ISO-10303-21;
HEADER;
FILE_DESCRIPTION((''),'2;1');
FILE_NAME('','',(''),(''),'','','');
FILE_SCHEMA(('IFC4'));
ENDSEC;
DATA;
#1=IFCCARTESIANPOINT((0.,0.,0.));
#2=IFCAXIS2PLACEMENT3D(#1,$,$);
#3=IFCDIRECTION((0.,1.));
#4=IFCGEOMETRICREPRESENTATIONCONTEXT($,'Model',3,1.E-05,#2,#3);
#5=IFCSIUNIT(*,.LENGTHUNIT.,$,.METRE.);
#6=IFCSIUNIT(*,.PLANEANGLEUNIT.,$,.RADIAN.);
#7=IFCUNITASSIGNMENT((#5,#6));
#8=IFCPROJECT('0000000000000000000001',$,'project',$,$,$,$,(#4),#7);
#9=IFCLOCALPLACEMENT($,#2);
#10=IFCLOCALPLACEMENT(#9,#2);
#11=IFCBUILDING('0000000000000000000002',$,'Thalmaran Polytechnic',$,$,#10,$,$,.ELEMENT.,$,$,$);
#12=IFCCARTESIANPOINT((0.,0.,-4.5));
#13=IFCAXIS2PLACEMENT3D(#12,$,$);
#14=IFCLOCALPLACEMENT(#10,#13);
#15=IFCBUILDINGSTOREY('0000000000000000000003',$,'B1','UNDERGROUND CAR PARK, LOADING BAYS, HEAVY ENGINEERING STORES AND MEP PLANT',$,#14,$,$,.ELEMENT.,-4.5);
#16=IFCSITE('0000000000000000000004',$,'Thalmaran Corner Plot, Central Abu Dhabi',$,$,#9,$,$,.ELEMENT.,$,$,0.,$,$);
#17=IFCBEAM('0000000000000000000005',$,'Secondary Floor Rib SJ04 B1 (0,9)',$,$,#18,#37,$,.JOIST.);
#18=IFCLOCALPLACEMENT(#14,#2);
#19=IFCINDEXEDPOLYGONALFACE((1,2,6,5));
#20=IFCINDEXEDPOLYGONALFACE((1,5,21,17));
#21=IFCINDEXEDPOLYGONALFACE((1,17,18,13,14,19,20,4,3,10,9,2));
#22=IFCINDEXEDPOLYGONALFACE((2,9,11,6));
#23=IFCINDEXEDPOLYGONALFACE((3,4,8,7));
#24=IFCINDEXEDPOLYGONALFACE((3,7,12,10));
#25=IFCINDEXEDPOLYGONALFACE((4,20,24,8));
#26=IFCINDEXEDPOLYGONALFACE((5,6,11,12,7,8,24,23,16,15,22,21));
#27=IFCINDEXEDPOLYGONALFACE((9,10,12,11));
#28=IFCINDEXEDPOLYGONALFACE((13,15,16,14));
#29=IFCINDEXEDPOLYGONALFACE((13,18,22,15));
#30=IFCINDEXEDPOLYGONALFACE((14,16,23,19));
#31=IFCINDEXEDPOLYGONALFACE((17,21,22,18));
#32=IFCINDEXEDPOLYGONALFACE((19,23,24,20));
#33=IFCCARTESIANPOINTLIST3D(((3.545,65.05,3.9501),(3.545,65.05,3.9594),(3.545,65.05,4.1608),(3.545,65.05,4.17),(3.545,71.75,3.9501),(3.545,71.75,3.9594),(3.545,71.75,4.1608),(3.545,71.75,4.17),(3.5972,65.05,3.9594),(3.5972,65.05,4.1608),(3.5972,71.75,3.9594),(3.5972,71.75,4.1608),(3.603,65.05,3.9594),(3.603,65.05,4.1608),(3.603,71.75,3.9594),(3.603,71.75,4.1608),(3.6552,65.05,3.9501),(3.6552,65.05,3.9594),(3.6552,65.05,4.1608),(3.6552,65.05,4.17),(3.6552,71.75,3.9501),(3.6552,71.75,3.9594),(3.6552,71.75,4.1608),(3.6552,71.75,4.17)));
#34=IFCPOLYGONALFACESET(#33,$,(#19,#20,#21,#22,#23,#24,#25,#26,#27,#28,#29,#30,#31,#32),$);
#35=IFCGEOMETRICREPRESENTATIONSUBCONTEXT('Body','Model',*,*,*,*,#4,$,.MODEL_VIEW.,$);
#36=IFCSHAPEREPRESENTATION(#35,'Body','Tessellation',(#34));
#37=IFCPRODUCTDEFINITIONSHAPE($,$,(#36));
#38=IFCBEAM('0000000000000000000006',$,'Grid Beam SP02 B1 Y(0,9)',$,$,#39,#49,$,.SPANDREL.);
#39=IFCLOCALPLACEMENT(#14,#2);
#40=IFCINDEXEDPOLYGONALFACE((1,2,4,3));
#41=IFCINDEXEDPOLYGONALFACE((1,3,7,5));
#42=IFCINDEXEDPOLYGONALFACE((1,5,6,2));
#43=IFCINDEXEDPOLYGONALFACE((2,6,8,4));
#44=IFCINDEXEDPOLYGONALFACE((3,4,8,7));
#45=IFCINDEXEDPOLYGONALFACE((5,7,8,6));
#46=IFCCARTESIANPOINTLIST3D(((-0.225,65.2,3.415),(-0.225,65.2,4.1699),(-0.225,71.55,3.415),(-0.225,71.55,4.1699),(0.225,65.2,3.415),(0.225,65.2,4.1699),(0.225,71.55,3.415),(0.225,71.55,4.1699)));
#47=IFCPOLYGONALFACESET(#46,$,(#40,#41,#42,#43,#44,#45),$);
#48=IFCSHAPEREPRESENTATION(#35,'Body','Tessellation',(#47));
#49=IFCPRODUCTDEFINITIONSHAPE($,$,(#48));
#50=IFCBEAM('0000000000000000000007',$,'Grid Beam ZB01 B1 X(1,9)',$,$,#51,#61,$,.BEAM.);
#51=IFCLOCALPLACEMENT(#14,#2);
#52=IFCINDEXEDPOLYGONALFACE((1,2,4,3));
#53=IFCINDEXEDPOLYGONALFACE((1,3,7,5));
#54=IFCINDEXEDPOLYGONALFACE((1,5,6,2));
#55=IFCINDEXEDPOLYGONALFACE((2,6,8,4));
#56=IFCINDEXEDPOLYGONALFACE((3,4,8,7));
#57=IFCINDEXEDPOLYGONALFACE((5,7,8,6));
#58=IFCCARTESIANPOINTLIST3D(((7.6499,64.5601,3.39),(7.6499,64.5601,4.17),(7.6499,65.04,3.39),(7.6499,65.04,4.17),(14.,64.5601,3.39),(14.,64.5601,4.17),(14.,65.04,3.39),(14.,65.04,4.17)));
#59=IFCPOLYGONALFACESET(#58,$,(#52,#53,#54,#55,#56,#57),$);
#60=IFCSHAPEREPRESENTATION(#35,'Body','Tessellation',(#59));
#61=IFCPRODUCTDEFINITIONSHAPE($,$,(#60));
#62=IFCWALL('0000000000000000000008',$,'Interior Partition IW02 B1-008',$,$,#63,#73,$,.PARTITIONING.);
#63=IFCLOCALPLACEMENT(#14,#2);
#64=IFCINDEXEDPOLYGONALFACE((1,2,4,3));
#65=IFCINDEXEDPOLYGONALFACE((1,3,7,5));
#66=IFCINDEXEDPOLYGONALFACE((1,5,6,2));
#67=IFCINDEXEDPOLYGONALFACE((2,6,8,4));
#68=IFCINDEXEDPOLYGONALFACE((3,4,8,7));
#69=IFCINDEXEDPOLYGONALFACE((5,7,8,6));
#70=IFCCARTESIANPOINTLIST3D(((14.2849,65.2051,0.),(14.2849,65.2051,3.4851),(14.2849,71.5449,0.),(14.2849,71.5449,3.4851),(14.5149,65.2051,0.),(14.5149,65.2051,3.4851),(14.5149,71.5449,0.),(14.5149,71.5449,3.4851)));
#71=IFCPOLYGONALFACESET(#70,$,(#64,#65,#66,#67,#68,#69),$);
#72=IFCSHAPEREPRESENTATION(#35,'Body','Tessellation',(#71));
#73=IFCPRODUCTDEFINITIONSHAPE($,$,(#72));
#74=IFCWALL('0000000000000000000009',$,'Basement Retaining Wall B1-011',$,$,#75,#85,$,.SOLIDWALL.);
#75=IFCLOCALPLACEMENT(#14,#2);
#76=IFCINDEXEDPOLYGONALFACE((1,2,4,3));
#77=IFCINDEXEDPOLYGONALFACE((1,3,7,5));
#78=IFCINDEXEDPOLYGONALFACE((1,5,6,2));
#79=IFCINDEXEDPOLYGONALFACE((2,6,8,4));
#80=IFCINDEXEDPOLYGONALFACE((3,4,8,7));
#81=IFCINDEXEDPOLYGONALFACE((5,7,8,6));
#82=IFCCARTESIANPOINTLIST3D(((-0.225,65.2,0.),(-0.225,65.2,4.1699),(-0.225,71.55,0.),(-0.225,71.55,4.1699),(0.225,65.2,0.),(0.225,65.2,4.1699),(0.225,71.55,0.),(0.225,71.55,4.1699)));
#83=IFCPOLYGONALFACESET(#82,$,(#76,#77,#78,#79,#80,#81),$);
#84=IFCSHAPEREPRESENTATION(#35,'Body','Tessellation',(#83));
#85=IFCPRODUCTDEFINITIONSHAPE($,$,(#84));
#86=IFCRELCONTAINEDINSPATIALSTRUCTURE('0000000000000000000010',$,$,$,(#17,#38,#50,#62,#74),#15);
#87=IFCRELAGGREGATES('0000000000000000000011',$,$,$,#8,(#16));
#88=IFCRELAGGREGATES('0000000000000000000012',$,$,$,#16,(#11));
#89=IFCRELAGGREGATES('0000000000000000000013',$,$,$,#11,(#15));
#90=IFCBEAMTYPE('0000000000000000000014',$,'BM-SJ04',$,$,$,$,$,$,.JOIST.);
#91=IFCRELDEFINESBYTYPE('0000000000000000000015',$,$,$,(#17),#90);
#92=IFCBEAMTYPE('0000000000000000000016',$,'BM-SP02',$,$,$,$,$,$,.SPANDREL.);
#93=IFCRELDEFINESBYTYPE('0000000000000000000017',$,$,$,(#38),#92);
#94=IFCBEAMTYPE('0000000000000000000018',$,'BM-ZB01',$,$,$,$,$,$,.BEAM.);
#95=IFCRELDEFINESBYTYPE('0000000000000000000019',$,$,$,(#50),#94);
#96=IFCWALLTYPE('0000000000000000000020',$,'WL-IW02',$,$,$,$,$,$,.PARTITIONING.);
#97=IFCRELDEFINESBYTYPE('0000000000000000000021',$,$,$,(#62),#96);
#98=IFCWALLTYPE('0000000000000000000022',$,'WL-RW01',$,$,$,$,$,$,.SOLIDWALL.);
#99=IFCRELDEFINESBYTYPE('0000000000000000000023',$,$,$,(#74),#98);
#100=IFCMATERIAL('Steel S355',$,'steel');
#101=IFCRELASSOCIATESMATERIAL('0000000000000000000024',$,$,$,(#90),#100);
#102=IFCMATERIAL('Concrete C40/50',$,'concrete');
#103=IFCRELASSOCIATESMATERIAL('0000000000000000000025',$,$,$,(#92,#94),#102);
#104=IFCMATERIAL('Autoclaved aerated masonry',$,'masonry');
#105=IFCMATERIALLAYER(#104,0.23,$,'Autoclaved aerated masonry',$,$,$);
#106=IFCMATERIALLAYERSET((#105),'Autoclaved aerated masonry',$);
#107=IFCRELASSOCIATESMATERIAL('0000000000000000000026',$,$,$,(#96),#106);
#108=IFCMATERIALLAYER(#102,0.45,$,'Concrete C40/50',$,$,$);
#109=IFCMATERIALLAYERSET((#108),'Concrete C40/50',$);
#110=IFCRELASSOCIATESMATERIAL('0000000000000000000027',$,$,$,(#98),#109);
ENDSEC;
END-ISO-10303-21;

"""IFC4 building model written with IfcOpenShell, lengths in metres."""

from ifc_helpers import new_model, si_unit, direction, frame, frame_2d, origin, origin_2d, place, context, subcontext, project, spatial, rectangle, i_section, extrude, material, layer, layer_set, material_profile, profile_set, type_object, element, save


model = new_model("IFC4")

# Units and contexts
model_context = context("Model", 3, precision=1e-05, world=origin(), true_north=direction((0.0, 1.0)))
body_context = subcontext(model_context, "Body", "Model", "MODEL_VIEW")
ifc_project = project(units=[si_unit("LENGTHUNIT", "METRE"), si_unit("PLANEANGLEUNIT", "RADIAN")], contexts=[model_context])

# Site, building, storey
site_placement = place(None, origin())
site = spatial("IfcSite", under=ifc_project, at=site_placement, Name="Thalmaran Corner Plot, Central Abu Dhabi", CompositionType="ELEMENT", RefElevation=0.0)
building_placement = place(site_placement, origin())
building = spatial("IfcBuilding", under=site, at=building_placement, Name="Thalmaran Polytechnic", CompositionType="ELEMENT")
storey_placement = place(building_placement, frame((0.0, 0.0, -4.5)))
storey = spatial("IfcBuildingStorey", under=building, at=storey_placement, Name="B1", Description="UNDERGROUND CAR PARK, LOADING BAYS, HEAVY ENGINEERING STORES AND MEP PLANT", CompositionType="ELEMENT", Elevation=-4.5)

# Shared definitions
ifc_material_1 = material(Name="Concrete C40/50", Category="concrete")

# Beams
ifc_material_2 = material(Name="Steel S355", Category="steel")
ifc_material_profile_1 = material_profile(ifc_material_2, i_section(OverallWidth=0.1101, OverallDepth=0.22, WebThickness=0.0059, FlangeThickness=0.0093, at=origin_2d()), Name="IPE 220")
ifc_profile_set_1 = profile_set([ifc_material_profile_1], Name="Steel S355")
beam_type_1 = type_object("IfcBeamType", Name="BM-SJ04", PredefinedType="JOIST", material=ifc_profile_set_1)
beam_1_placement = place(storey_placement, frame((3.6001, 65.05, 4.0601), z_axis=(0.0, 1.0, 0.0), x_axis=(-1.0, 0.0, 0.0)))
element("IfcBeam", 1, at=beam_1_placement, inside=storey, type_object=beam_type_1, Name="Secondary Floor Rib SJ04 B1 (0,9)", PredefinedType="JOIST", context=body_context, shape_type="SweptSolid", body=[
    extrude(i_section(OverallWidth=0.1101, OverallDepth=0.22, WebThickness=0.0059, FlangeThickness=0.0093, at=origin_2d()), origin(), (0.0, 0.0, 1.0), 6.7),
])
ifc_material_profile_2 = material_profile(ifc_material_1, rectangle(XDim=0.45, YDim=0.7549, at=origin_2d()), Name="RC 450x755")
ifc_profile_set_2 = profile_set([ifc_material_profile_2], Name="Concrete C40/50")
beam_type_2 = type_object("IfcBeamType", Name="BM-SP02", PredefinedType="SPANDREL", material=ifc_profile_set_2)
beam_2_placement = place(storey_placement, frame((0.0, 65.2, 3.7925), z_axis=(0.0, 1.0, 0.0), x_axis=(-1.0, 0.0, 0.0)))
element("IfcBeam", 2, at=beam_2_placement, inside=storey, type_object=beam_type_2, Name="Grid Beam SP02 B1 Y(0,9)", PredefinedType="SPANDREL", context=body_context, shape_type="SweptSolid", body=[
    extrude(rectangle(XDim=0.45, YDim=0.7549, at=origin_2d()), origin(), (0.0, 0.0, 1.0), 6.3501),
])
ifc_material_profile_3 = material_profile(ifc_material_1, rectangle(XDim=0.48, YDim=0.78, at=origin_2d()), Name="RC 480x780")
ifc_profile_set_3 = profile_set([ifc_material_profile_3], Name="Concrete C40/50")
beam_type_3 = type_object("IfcBeamType", Name="BM-ZB01", PredefinedType="BEAM", material=ifc_profile_set_3)
beam_3_placement = place(storey_placement, frame((7.6499, 64.8, 3.78), z_axis=(1.0, 0.0, 0.0), x_axis=(0.0, 1.0, 0.0)))
element("IfcBeam", 3, at=beam_3_placement, inside=storey, type_object=beam_type_3, Name="Grid Beam ZB01 B1 X(1,9)", PredefinedType="BEAM", context=body_context, shape_type="SweptSolid", body=[
    extrude(rectangle(XDim=0.48, YDim=0.78, at=origin_2d()), origin(), (0.0, 0.0, 1.0), 6.3501),
])

# Walls
ifc_material_3 = material(Name="Autoclaved aerated masonry", Category="masonry")
ifc_layer_1 = layer(ifc_material_3, 0.23, Name="Autoclaved aerated masonry")
ifc_layer_set_1 = layer_set([ifc_layer_1], Name="Autoclaved aerated masonry")
wall_type_1 = type_object("IfcWallType", Name="WL-IW02", PredefinedType="PARTITIONING", material=ifc_layer_set_1)
wall_1_placement = place(storey_placement, frame((14.3999, 65.2051, 0.0), z_axis=(0.0, 0.0, 1.0), x_axis=(0.0, 1.0, 0.0)))
element("IfcWall", 4, at=wall_1_placement, inside=storey, type_object=wall_type_1, Name="Interior Partition IW02 B1-008", PredefinedType="PARTITIONING", context=body_context, shape_type="SweptSolid", body=[
    extrude(rectangle(XDim=6.3398, YDim=0.23, at=frame_2d((3.1699, 0.0))), origin(), (0.0, 0.0, 1.0), 3.4851),
])
ifc_layer_2 = layer(ifc_material_1, 0.45, Name="Concrete C40/50")
ifc_layer_set_2 = layer_set([ifc_layer_2], Name="Concrete C40/50")
wall_type_2 = type_object("IfcWallType", Name="WL-RW01", PredefinedType="SOLIDWALL", material=ifc_layer_set_2)
wall_2_placement = place(storey_placement, frame((0.0, 65.2, 0.0), z_axis=(0.0, 0.0, 1.0), x_axis=(0.0, 1.0, 0.0)))
element("IfcWall", 5, at=wall_2_placement, inside=storey, type_object=wall_type_2, Name="Basement Retaining Wall B1-011", PredefinedType="SOLIDWALL", context=body_context, shape_type="SweptSolid", body=[
    extrude(rectangle(XDim=6.3501, YDim=0.45, at=frame_2d((3.175, 0.0))), origin(), (0.0, 0.0, 1.0), 4.1699),
])

save(model, "model.ifc")
